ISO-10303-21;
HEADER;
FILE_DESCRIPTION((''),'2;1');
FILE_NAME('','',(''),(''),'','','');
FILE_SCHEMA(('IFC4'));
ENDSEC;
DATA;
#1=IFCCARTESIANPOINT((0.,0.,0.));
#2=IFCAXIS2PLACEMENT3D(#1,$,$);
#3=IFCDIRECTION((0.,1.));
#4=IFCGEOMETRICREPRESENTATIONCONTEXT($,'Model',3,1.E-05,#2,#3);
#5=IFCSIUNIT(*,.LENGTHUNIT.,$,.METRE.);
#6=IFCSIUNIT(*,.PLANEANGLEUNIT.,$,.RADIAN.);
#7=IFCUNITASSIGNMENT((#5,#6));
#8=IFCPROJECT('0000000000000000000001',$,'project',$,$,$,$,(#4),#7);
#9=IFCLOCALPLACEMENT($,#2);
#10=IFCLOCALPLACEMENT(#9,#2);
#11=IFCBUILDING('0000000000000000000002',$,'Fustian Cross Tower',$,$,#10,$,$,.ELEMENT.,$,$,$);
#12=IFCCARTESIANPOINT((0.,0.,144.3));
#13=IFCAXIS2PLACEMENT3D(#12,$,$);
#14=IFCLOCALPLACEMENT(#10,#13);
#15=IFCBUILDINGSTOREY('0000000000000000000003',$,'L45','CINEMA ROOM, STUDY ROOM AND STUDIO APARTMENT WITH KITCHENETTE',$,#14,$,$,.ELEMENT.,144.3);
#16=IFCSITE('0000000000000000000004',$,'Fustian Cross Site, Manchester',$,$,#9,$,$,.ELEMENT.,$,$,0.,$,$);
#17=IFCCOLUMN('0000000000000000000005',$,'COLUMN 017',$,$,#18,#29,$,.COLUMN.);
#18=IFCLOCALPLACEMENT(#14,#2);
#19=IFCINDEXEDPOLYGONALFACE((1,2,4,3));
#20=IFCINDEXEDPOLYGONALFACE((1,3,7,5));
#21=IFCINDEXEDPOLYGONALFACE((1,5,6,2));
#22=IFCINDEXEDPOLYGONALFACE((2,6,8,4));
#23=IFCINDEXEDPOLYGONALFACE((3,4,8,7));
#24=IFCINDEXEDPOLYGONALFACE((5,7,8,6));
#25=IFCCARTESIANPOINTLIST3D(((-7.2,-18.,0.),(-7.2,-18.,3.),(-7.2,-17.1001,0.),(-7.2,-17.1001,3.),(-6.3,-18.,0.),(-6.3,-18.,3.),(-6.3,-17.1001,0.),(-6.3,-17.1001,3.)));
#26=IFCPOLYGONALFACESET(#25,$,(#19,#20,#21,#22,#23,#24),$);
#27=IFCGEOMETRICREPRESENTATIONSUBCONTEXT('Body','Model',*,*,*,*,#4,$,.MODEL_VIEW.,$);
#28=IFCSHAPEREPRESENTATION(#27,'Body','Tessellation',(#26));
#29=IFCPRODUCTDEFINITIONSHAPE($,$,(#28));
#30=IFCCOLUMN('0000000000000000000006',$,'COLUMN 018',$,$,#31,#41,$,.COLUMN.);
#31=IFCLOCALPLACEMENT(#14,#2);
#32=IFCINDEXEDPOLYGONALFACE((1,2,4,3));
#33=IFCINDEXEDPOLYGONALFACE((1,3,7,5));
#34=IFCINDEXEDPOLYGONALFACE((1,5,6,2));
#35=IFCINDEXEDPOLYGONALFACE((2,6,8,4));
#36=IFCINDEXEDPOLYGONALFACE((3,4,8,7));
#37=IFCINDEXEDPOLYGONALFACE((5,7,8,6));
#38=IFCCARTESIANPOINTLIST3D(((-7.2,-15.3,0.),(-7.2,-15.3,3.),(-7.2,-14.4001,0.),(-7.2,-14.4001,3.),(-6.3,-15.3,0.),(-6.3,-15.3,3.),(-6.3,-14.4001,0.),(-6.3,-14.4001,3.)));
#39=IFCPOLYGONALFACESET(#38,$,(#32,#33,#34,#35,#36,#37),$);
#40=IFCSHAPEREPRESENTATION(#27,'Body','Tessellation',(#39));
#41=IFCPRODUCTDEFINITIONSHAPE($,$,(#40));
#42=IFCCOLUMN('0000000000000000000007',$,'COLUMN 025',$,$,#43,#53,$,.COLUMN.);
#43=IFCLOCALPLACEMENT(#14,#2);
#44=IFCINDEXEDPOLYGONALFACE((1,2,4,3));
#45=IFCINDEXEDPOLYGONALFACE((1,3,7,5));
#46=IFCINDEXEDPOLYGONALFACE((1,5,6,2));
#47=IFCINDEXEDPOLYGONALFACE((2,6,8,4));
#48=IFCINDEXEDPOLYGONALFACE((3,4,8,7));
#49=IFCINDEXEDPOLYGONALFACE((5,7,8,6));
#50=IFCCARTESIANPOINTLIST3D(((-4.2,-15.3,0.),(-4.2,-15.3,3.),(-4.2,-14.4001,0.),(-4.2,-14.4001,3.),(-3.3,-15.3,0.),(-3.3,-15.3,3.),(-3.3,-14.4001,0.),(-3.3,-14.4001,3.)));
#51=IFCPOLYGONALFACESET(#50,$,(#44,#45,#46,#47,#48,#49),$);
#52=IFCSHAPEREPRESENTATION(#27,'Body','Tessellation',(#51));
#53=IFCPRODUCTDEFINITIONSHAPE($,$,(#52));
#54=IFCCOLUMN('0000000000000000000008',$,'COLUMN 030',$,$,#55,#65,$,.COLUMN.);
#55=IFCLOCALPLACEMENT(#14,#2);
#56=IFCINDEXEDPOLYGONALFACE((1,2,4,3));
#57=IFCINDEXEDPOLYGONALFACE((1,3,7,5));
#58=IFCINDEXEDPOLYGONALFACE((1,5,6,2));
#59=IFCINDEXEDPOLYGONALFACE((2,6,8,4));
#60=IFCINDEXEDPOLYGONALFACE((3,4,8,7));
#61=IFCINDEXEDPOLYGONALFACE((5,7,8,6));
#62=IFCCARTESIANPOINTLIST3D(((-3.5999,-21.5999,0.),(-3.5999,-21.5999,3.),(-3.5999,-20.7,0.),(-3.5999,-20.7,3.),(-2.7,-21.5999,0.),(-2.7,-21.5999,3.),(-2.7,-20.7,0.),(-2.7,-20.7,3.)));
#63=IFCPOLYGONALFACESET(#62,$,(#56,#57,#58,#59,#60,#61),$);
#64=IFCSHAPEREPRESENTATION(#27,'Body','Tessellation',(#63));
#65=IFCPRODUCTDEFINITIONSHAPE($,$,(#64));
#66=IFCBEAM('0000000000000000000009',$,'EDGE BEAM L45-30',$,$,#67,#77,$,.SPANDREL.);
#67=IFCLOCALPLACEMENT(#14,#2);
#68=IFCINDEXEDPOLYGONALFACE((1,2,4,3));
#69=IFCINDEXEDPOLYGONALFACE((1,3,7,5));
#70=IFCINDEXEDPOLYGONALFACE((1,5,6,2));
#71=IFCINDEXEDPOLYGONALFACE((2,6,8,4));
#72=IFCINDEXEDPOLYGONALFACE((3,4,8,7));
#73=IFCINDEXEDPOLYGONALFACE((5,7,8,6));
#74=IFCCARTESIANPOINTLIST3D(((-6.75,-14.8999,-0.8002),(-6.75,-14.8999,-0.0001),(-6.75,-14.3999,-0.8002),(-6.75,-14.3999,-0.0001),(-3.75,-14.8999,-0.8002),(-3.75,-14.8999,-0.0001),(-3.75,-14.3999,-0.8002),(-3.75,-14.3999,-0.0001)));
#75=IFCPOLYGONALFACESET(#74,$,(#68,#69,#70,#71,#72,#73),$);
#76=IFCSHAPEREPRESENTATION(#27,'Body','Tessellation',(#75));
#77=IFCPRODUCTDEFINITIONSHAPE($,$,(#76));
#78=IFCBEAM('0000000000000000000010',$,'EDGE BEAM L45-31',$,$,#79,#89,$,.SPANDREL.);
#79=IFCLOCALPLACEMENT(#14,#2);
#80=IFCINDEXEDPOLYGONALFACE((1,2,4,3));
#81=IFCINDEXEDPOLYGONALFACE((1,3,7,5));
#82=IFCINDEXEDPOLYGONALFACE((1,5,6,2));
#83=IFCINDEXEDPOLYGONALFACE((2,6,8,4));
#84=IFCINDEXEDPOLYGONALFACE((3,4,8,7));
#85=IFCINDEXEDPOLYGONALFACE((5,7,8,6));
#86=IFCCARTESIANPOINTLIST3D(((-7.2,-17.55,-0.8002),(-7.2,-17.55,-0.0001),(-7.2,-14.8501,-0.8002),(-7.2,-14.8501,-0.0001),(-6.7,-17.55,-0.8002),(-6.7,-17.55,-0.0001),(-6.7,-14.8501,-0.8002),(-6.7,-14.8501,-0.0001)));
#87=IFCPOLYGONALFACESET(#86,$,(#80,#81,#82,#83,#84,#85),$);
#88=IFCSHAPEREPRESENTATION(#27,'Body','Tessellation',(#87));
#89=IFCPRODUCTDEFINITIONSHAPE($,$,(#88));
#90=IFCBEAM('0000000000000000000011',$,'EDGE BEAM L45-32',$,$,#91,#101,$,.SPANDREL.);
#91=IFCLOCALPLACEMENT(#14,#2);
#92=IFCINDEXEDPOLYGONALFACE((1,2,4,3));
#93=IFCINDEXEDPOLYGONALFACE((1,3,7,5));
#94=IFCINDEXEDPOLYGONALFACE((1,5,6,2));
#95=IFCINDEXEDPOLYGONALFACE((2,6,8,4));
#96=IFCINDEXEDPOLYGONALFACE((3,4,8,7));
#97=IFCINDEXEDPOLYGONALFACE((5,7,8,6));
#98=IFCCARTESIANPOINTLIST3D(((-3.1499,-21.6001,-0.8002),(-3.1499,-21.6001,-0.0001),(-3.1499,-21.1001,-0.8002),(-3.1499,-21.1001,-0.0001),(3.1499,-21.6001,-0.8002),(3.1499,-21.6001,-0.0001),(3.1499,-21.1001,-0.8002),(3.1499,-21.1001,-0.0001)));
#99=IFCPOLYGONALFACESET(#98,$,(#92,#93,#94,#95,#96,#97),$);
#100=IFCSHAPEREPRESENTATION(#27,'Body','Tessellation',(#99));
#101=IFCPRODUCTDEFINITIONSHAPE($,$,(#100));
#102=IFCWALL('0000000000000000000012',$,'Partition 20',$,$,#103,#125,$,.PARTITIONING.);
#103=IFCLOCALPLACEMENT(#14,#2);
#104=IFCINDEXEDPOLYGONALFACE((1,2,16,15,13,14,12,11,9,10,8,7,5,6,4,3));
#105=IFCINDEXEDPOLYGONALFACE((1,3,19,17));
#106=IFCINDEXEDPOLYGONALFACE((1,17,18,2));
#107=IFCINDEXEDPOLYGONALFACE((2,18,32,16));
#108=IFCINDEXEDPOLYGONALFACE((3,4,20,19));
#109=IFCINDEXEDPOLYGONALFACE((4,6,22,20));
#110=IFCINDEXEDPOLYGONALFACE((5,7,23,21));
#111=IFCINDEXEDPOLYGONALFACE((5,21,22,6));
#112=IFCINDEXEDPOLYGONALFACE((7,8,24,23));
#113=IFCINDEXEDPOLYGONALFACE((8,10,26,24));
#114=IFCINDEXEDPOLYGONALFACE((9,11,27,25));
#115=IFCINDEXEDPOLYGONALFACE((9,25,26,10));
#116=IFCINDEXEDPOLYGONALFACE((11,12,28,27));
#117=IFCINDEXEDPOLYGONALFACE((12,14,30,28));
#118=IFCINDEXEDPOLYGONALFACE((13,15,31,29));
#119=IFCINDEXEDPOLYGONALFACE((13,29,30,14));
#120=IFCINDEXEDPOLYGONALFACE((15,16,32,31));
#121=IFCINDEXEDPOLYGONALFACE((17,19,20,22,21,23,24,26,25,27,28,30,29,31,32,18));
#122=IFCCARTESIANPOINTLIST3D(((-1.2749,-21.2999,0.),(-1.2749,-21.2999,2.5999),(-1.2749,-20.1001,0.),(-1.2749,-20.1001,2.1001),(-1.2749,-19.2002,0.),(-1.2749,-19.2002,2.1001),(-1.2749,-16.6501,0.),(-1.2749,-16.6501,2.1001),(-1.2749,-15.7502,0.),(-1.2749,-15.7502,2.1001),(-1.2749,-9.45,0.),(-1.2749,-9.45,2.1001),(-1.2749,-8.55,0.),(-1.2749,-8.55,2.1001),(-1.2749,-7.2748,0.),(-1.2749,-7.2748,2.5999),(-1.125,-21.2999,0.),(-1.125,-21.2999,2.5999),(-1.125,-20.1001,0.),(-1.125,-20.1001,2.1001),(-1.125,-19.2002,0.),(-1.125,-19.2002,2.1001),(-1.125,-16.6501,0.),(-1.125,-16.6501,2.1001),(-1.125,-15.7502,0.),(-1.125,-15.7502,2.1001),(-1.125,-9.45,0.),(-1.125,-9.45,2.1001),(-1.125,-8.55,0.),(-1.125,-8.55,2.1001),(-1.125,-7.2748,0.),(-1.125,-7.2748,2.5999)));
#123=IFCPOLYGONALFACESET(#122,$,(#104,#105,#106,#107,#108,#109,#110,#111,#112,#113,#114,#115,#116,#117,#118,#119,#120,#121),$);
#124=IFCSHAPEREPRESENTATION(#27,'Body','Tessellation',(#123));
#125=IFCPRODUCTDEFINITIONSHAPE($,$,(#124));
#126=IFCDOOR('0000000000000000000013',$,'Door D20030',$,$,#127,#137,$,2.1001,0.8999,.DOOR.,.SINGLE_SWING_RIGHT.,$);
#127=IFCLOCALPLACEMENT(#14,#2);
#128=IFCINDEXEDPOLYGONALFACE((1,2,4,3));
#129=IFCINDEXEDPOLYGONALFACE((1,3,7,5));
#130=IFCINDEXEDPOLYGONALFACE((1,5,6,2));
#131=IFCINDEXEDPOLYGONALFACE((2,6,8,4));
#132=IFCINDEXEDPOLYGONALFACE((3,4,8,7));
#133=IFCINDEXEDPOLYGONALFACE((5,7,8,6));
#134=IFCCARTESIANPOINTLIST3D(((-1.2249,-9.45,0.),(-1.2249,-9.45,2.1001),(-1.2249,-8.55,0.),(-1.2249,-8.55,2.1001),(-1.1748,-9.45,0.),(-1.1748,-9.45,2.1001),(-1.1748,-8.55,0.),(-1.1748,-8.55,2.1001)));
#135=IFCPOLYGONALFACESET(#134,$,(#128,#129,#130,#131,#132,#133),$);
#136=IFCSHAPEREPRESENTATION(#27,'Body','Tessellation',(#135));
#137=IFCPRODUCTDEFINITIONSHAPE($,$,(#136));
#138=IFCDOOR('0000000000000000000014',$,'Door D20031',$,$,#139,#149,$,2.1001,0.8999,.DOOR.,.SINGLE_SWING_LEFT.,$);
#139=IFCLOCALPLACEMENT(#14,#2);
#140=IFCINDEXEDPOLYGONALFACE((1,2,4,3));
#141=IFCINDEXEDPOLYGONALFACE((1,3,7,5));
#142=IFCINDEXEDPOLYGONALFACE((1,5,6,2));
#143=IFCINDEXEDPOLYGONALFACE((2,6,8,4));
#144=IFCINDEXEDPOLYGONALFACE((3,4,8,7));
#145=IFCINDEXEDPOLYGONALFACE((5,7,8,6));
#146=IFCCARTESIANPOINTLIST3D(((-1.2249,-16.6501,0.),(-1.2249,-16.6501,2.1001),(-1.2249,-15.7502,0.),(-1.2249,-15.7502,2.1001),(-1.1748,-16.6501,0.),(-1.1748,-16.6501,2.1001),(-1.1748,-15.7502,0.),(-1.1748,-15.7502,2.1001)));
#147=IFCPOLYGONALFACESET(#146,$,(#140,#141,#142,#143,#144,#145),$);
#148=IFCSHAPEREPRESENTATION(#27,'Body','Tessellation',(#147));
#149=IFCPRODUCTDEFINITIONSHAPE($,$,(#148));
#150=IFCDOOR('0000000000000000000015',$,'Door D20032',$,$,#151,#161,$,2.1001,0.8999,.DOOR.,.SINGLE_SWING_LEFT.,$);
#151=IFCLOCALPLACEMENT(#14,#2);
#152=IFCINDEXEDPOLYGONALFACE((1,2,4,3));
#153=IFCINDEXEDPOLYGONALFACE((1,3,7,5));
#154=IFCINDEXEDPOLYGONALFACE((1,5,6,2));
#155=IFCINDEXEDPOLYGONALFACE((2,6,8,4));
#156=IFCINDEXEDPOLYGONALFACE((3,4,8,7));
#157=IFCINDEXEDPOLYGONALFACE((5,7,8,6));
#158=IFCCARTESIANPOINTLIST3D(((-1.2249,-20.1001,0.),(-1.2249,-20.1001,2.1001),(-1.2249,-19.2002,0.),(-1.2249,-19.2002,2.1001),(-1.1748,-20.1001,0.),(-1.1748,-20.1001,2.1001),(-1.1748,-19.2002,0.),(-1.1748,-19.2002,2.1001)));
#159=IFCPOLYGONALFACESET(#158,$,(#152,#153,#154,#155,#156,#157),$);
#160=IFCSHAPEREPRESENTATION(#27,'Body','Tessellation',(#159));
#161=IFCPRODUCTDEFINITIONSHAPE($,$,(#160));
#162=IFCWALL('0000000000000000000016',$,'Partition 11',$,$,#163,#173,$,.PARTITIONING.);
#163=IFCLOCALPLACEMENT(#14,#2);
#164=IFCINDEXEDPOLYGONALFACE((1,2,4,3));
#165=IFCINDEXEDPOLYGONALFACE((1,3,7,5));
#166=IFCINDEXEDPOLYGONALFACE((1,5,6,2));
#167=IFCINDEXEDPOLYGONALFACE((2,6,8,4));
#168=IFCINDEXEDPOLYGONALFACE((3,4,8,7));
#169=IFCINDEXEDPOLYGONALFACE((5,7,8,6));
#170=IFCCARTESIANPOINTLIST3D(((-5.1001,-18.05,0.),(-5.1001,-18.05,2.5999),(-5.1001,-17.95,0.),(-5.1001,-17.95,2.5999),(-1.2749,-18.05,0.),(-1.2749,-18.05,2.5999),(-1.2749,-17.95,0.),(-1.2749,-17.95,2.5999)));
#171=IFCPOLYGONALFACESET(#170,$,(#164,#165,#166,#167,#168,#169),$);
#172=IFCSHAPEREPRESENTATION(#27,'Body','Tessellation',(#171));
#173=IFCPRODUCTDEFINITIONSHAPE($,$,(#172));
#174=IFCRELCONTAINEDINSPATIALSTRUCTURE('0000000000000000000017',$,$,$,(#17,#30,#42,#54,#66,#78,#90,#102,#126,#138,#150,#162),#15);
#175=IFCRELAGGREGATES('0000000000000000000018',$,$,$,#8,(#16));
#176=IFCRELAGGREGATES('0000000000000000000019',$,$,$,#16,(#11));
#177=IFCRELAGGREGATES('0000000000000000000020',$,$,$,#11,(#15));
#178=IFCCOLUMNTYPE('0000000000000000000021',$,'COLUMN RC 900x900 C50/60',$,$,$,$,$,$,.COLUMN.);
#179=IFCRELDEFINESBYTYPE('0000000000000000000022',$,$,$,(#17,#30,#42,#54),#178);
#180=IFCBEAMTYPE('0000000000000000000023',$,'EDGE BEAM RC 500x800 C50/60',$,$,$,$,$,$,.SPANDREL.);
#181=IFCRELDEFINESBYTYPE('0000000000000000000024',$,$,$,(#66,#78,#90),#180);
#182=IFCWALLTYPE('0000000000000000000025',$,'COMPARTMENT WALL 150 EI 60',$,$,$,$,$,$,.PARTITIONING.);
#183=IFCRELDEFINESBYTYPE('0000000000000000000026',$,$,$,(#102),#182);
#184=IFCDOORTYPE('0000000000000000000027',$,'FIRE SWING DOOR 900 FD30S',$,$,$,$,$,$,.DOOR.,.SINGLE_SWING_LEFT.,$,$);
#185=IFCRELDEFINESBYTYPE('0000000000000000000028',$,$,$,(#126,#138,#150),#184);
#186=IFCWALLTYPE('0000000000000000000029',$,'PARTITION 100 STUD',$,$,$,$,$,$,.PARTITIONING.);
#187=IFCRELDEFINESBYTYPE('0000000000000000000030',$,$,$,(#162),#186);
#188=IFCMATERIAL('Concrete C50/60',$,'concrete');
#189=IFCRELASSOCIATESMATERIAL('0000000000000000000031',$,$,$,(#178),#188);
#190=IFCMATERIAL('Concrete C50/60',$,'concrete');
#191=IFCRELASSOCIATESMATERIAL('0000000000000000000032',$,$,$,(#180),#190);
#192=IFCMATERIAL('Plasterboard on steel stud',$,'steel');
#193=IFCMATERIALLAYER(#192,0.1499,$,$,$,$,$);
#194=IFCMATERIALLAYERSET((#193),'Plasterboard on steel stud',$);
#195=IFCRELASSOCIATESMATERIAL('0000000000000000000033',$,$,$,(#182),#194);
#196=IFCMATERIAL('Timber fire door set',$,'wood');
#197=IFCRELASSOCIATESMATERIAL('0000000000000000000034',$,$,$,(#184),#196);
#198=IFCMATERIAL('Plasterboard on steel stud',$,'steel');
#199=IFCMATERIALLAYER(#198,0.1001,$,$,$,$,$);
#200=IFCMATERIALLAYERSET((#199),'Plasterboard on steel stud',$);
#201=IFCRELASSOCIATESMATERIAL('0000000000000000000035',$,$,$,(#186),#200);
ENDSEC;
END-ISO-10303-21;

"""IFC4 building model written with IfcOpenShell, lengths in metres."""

from ifc_helpers import new_model, si_unit, direction, frame, frame_2d, origin, origin_2d, place, context, subcontext, project, spatial, rectangle, extrude, material, layer, layer_set, material_profile, profile_set, type_object, element, fill, save


model = new_model("IFC4")

# Units and contexts
model_context = context("Model", 3, precision=1e-05, world=origin(), true_north=direction((0.0, 1.0)))
body_context = subcontext(model_context, "Body", "Model", "MODEL_VIEW")
ifc_project = project(units=[si_unit("LENGTHUNIT", "METRE"), si_unit("PLANEANGLEUNIT", "RADIAN")], contexts=[model_context])

# Site, building, storey
site_placement = place(None, origin())
site = spatial("IfcSite", under=ifc_project, at=site_placement, Name="Fustian Cross Site, Manchester", CompositionType="ELEMENT", RefElevation=0.0)
building_placement = place(site_placement, origin())
building = spatial("IfcBuilding", under=site, at=building_placement, Name="Fustian Cross Tower", CompositionType="ELEMENT")
storey_placement = place(building_placement, frame((0.0, 0.0, 144.3)))
storey = spatial("IfcBuildingStorey", under=building, at=storey_placement, Name="L45", Description="CINEMA ROOM, STUDY ROOM AND STUDIO APARTMENT WITH KITCHENETTE", CompositionType="ELEMENT", Elevation=144.3)

# Columns
ifc_material_1 = material(Name="Concrete C50/60", Category="concrete")
ifc_material_profile_1 = material_profile(ifc_material_1, rectangle(XDim=0.8999, YDim=0.8999, at=origin_2d()), Name="RC 900x900")
ifc_profile_set_1 = profile_set([ifc_material_profile_1], Name="Concrete C50/60")
column_type = type_object("IfcColumnType", Name="COLUMN RC 900x900 C50/60", PredefinedType="COLUMN", material=ifc_profile_set_1)
for number, where, z_axis, x_axis, name in (
    (1, (-6.75, -17.55, 0.0), (0.0, 0.0, 1.0), (1.0, 0.0, 0.0), "COLUMN 017"),
    (2, (-6.75, -14.8501, 0.0), (0.0, 0.0, 1.0), (1.0, 0.0, 0.0), "COLUMN 018"),
    (3, (-3.75, -14.8501, 0.0), (0.0, 0.0, 1.0), (1.0, 0.0, 0.0), "COLUMN 025"),
    (4, (-3.1499, -21.1499, 0.0), (0.0, 0.0, 1.0), (1.0, 0.0, 0.0), "COLUMN 030"),
):
    element("IfcColumn", number, at=place(storey_placement, frame(where, z_axis=z_axis, x_axis=x_axis)), inside=storey, type_object=column_type, Name=name, PredefinedType="COLUMN", context=body_context, shape_type="SweptSolid", body=[
        extrude(rectangle(XDim=0.8999, YDim=0.8999, at=origin_2d()), origin(), (0.0, 0.0, 1.0), 3.0),
    ])

# Beams
ifc_material_2 = material(Name="Concrete C50/60", Category="concrete")
ifc_material_profile_2 = material_profile(ifc_material_2, rectangle(XDim=0.5, YDim=0.8, at=origin_2d()), Name="RC 500x800")
ifc_profile_set_2 = profile_set([ifc_material_profile_2], Name="Concrete C50/60")
beam_type = type_object("IfcBeamType", Name="EDGE BEAM RC 500x800 C50/60", PredefinedType="SPANDREL", material=ifc_profile_set_2)
beam_1_placement = place(storey_placement, frame((-3.75, -14.6499, -0.4001), z_axis=(-1.0, 0.0, 0.0), x_axis=(0.0, -1.0, 0.0)))
element("IfcBeam", 5, at=beam_1_placement, inside=storey, type_object=beam_type, Name="EDGE BEAM L45-30", PredefinedType="SPANDREL", context=body_context, shape_type="SweptSolid", body=[
    extrude(rectangle(XDim=0.5, YDim=0.8, at=origin_2d()), origin(), (0.0, 0.0, 1.0), 3.0),
])
beam_2_placement = place(storey_placement, frame((-6.95, -14.8501, -0.4001), z_axis=(0.0, -1.0, 0.0), x_axis=(1.0, 0.0, 0.0)))
element("IfcBeam", 6, at=beam_2_placement, inside=storey, type_object=beam_type, Name="EDGE BEAM L45-31", PredefinedType="SPANDREL", context=body_context, shape_type="SweptSolid", body=[
    extrude(rectangle(XDim=0.5, YDim=0.8, at=origin_2d()), origin(), (0.0, 0.0, 1.0), 2.7),
])
beam_3_placement = place(storey_placement, frame((-3.1499, -21.3501, -0.4001), z_axis=(1.0, 0.0, 0.0), x_axis=(0.0, 1.0, 0.0)))
element("IfcBeam", 7, at=beam_3_placement, inside=storey, type_object=beam_type, Name="EDGE BEAM L45-32", PredefinedType="SPANDREL", context=body_context, shape_type="SweptSolid", body=[
    extrude(rectangle(XDim=0.5, YDim=0.8, at=origin_2d()), origin(), (0.0, 0.0, 1.0), 6.2998),
])

# Wall, openings, doors
ifc_material_3 = material(Name="Plasterboard on steel stud", Category="steel")
ifc_layer_1 = layer(ifc_material_3, 0.1499)
ifc_layer_set_1 = layer_set([ifc_layer_1], Name="Plasterboard on steel stud")
wall_type_1 = type_object("IfcWallType", Name="COMPARTMENT WALL 150 EI 60", PredefinedType="PARTITIONING", material=ifc_layer_set_1)
wall_1_placement = place(storey_placement, frame((-1.2, -21.3, 0.0), z_axis=(0.0, 0.0, 1.0), x_axis=(0.0, 1.0, 0.0)))
wall_1 = element("IfcWall", 8, at=wall_1_placement, inside=storey, type_object=wall_type_1, Name="Partition 20", PredefinedType="PARTITIONING", context=body_context, shape_type="SweptSolid", body=[
    extrude(rectangle(XDim=14.0251, YDim=0.1499, at=frame_2d((7.0127, 0.0))), origin(), (0.0, 0.0, 1.0), 2.5999),
])
opening_1_placement = place(wall_1_placement, frame((11.8501, 0.0, 0.0)))
opening_1 = element("IfcOpeningElement", 9, at=opening_1_placement, cuts=wall_1, PredefinedType="OPENING", context=body_context, shape_type="SweptSolid", body=[
    extrude(rectangle(XDim=0.8999, YDim=2.1001, at=frame_2d((0.45, 1.05))), frame((0.0, 0.085, 0.0), z_axis=(0.0, -1.0, 0.0), x_axis=(1.0, 0.0, 0.0)), (0.0, 0.0, 1.0), 0.1699),
])
opening_2_placement = place(wall_1_placement, frame((4.6499, 0.0, 0.0)))
opening_2 = element("IfcOpeningElement", 10, at=opening_2_placement, cuts=wall_1, PredefinedType="OPENING", context=body_context, shape_type="SweptSolid", body=[
    extrude(rectangle(XDim=0.8999, YDim=2.1001, at=frame_2d((0.45, 1.05))), frame((0.0, 0.085, 0.0), z_axis=(0.0, -1.0, 0.0), x_axis=(1.0, 0.0, 0.0)), (0.0, 0.0, 1.0), 0.1699),
])
opening_3_placement = place(wall_1_placement, frame((1.2, 0.0, 0.0)))
opening_3 = element("IfcOpeningElement", 11, at=opening_3_placement, cuts=wall_1, PredefinedType="OPENING", context=body_context, shape_type="SweptSolid", body=[
    extrude(rectangle(XDim=0.8999, YDim=2.1001, at=frame_2d((0.45, 1.05))), frame((0.0, 0.085, 0.0), z_axis=(0.0, -1.0, 0.0), x_axis=(1.0, 0.0, 0.0)), (0.0, 0.0, 1.0), 0.1699),
])
ifc_material_4 = material(Name="Timber fire door set", Category="wood")
door_type = type_object("IfcDoorType", Name="FIRE SWING DOOR 900 FD30S", OperationType="SINGLE_SWING_LEFT", PredefinedType="DOOR", material=ifc_material_4)
door_1_placement = place(opening_1_placement, origin())
door_1 = element("IfcDoor", 12, at=door_1_placement, inside=storey, type_object=door_type, Name="Door D20030", OperationType="SINGLE_SWING_RIGHT", OverallHeight=2.1001, OverallWidth=0.8999, PredefinedType="DOOR", context=body_context, shape_type="SweptSolid", body=[
    extrude(rectangle(XDim=0.8999, YDim=2.1001, at=frame_2d((0.45, 1.05))), frame((0.0, 0.0249, 0.0), z_axis=(0.0, -1.0, 0.0), x_axis=(1.0, 0.0, 0.0)), (0.0, 0.0, 1.0), 0.05),
])
fill(opening_1, door_1)
door_2_placement = place(opening_2_placement, origin())
door_2 = element("IfcDoor", 13, at=door_2_placement, inside=storey, type_object=door_type, Name="Door D20031", OperationType="SINGLE_SWING_LEFT", OverallHeight=2.1001, OverallWidth=0.8999, PredefinedType="DOOR", context=body_context, shape_type="SweptSolid", body=[
    extrude(rectangle(XDim=0.8999, YDim=2.1001, at=frame_2d((0.45, 1.05))), frame((0.0, 0.0249, 0.0), z_axis=(0.0, -1.0, 0.0), x_axis=(1.0, 0.0, 0.0)), (0.0, 0.0, 1.0), 0.05),
])
fill(opening_2, door_2)
door_3_placement = place(opening_3_placement, origin())
door_3 = element("IfcDoor", 14, at=door_3_placement, inside=storey, type_object=door_type, Name="Door D20032", OperationType="SINGLE_SWING_LEFT", OverallHeight=2.1001, OverallWidth=0.8999, PredefinedType="DOOR", context=body_context, shape_type="SweptSolid", body=[
    extrude(rectangle(XDim=0.8999, YDim=2.1001, at=frame_2d((0.45, 1.05))), frame((0.0, 0.0249, 0.0), z_axis=(0.0, -1.0, 0.0), x_axis=(1.0, 0.0, 0.0)), (0.0, 0.0, 1.0), 0.05),
])
fill(opening_3, door_3)

# Wall
ifc_material_5 = material(Name="Plasterboard on steel stud", Category="steel")
ifc_layer_2 = layer(ifc_material_5, 0.1001)
ifc_layer_set_2 = layer_set([ifc_layer_2], Name="Plasterboard on steel stud")
wall_type_2 = type_object("IfcWallType", Name="PARTITION 100 STUD", PredefinedType="PARTITIONING", material=ifc_layer_set_2)
wall_2_placement = place(storey_placement, frame((-5.1001, -18.0, 0.0), z_axis=(0.0, 0.0, 1.0), x_axis=(1.0, 0.0, 0.0)))
element("IfcWall", 15, at=wall_2_placement, inside=storey, type_object=wall_type_2, Name="Partition 11", PredefinedType="PARTITIONING", context=body_context, shape_type="SweptSolid", body=[
    extrude(rectangle(XDim=3.8252, YDim=0.1001, at=frame_2d((1.9126, 0.0))), origin(), (0.0, 0.0, 1.0), 2.5999),
])

save(model, "model.ifc")
